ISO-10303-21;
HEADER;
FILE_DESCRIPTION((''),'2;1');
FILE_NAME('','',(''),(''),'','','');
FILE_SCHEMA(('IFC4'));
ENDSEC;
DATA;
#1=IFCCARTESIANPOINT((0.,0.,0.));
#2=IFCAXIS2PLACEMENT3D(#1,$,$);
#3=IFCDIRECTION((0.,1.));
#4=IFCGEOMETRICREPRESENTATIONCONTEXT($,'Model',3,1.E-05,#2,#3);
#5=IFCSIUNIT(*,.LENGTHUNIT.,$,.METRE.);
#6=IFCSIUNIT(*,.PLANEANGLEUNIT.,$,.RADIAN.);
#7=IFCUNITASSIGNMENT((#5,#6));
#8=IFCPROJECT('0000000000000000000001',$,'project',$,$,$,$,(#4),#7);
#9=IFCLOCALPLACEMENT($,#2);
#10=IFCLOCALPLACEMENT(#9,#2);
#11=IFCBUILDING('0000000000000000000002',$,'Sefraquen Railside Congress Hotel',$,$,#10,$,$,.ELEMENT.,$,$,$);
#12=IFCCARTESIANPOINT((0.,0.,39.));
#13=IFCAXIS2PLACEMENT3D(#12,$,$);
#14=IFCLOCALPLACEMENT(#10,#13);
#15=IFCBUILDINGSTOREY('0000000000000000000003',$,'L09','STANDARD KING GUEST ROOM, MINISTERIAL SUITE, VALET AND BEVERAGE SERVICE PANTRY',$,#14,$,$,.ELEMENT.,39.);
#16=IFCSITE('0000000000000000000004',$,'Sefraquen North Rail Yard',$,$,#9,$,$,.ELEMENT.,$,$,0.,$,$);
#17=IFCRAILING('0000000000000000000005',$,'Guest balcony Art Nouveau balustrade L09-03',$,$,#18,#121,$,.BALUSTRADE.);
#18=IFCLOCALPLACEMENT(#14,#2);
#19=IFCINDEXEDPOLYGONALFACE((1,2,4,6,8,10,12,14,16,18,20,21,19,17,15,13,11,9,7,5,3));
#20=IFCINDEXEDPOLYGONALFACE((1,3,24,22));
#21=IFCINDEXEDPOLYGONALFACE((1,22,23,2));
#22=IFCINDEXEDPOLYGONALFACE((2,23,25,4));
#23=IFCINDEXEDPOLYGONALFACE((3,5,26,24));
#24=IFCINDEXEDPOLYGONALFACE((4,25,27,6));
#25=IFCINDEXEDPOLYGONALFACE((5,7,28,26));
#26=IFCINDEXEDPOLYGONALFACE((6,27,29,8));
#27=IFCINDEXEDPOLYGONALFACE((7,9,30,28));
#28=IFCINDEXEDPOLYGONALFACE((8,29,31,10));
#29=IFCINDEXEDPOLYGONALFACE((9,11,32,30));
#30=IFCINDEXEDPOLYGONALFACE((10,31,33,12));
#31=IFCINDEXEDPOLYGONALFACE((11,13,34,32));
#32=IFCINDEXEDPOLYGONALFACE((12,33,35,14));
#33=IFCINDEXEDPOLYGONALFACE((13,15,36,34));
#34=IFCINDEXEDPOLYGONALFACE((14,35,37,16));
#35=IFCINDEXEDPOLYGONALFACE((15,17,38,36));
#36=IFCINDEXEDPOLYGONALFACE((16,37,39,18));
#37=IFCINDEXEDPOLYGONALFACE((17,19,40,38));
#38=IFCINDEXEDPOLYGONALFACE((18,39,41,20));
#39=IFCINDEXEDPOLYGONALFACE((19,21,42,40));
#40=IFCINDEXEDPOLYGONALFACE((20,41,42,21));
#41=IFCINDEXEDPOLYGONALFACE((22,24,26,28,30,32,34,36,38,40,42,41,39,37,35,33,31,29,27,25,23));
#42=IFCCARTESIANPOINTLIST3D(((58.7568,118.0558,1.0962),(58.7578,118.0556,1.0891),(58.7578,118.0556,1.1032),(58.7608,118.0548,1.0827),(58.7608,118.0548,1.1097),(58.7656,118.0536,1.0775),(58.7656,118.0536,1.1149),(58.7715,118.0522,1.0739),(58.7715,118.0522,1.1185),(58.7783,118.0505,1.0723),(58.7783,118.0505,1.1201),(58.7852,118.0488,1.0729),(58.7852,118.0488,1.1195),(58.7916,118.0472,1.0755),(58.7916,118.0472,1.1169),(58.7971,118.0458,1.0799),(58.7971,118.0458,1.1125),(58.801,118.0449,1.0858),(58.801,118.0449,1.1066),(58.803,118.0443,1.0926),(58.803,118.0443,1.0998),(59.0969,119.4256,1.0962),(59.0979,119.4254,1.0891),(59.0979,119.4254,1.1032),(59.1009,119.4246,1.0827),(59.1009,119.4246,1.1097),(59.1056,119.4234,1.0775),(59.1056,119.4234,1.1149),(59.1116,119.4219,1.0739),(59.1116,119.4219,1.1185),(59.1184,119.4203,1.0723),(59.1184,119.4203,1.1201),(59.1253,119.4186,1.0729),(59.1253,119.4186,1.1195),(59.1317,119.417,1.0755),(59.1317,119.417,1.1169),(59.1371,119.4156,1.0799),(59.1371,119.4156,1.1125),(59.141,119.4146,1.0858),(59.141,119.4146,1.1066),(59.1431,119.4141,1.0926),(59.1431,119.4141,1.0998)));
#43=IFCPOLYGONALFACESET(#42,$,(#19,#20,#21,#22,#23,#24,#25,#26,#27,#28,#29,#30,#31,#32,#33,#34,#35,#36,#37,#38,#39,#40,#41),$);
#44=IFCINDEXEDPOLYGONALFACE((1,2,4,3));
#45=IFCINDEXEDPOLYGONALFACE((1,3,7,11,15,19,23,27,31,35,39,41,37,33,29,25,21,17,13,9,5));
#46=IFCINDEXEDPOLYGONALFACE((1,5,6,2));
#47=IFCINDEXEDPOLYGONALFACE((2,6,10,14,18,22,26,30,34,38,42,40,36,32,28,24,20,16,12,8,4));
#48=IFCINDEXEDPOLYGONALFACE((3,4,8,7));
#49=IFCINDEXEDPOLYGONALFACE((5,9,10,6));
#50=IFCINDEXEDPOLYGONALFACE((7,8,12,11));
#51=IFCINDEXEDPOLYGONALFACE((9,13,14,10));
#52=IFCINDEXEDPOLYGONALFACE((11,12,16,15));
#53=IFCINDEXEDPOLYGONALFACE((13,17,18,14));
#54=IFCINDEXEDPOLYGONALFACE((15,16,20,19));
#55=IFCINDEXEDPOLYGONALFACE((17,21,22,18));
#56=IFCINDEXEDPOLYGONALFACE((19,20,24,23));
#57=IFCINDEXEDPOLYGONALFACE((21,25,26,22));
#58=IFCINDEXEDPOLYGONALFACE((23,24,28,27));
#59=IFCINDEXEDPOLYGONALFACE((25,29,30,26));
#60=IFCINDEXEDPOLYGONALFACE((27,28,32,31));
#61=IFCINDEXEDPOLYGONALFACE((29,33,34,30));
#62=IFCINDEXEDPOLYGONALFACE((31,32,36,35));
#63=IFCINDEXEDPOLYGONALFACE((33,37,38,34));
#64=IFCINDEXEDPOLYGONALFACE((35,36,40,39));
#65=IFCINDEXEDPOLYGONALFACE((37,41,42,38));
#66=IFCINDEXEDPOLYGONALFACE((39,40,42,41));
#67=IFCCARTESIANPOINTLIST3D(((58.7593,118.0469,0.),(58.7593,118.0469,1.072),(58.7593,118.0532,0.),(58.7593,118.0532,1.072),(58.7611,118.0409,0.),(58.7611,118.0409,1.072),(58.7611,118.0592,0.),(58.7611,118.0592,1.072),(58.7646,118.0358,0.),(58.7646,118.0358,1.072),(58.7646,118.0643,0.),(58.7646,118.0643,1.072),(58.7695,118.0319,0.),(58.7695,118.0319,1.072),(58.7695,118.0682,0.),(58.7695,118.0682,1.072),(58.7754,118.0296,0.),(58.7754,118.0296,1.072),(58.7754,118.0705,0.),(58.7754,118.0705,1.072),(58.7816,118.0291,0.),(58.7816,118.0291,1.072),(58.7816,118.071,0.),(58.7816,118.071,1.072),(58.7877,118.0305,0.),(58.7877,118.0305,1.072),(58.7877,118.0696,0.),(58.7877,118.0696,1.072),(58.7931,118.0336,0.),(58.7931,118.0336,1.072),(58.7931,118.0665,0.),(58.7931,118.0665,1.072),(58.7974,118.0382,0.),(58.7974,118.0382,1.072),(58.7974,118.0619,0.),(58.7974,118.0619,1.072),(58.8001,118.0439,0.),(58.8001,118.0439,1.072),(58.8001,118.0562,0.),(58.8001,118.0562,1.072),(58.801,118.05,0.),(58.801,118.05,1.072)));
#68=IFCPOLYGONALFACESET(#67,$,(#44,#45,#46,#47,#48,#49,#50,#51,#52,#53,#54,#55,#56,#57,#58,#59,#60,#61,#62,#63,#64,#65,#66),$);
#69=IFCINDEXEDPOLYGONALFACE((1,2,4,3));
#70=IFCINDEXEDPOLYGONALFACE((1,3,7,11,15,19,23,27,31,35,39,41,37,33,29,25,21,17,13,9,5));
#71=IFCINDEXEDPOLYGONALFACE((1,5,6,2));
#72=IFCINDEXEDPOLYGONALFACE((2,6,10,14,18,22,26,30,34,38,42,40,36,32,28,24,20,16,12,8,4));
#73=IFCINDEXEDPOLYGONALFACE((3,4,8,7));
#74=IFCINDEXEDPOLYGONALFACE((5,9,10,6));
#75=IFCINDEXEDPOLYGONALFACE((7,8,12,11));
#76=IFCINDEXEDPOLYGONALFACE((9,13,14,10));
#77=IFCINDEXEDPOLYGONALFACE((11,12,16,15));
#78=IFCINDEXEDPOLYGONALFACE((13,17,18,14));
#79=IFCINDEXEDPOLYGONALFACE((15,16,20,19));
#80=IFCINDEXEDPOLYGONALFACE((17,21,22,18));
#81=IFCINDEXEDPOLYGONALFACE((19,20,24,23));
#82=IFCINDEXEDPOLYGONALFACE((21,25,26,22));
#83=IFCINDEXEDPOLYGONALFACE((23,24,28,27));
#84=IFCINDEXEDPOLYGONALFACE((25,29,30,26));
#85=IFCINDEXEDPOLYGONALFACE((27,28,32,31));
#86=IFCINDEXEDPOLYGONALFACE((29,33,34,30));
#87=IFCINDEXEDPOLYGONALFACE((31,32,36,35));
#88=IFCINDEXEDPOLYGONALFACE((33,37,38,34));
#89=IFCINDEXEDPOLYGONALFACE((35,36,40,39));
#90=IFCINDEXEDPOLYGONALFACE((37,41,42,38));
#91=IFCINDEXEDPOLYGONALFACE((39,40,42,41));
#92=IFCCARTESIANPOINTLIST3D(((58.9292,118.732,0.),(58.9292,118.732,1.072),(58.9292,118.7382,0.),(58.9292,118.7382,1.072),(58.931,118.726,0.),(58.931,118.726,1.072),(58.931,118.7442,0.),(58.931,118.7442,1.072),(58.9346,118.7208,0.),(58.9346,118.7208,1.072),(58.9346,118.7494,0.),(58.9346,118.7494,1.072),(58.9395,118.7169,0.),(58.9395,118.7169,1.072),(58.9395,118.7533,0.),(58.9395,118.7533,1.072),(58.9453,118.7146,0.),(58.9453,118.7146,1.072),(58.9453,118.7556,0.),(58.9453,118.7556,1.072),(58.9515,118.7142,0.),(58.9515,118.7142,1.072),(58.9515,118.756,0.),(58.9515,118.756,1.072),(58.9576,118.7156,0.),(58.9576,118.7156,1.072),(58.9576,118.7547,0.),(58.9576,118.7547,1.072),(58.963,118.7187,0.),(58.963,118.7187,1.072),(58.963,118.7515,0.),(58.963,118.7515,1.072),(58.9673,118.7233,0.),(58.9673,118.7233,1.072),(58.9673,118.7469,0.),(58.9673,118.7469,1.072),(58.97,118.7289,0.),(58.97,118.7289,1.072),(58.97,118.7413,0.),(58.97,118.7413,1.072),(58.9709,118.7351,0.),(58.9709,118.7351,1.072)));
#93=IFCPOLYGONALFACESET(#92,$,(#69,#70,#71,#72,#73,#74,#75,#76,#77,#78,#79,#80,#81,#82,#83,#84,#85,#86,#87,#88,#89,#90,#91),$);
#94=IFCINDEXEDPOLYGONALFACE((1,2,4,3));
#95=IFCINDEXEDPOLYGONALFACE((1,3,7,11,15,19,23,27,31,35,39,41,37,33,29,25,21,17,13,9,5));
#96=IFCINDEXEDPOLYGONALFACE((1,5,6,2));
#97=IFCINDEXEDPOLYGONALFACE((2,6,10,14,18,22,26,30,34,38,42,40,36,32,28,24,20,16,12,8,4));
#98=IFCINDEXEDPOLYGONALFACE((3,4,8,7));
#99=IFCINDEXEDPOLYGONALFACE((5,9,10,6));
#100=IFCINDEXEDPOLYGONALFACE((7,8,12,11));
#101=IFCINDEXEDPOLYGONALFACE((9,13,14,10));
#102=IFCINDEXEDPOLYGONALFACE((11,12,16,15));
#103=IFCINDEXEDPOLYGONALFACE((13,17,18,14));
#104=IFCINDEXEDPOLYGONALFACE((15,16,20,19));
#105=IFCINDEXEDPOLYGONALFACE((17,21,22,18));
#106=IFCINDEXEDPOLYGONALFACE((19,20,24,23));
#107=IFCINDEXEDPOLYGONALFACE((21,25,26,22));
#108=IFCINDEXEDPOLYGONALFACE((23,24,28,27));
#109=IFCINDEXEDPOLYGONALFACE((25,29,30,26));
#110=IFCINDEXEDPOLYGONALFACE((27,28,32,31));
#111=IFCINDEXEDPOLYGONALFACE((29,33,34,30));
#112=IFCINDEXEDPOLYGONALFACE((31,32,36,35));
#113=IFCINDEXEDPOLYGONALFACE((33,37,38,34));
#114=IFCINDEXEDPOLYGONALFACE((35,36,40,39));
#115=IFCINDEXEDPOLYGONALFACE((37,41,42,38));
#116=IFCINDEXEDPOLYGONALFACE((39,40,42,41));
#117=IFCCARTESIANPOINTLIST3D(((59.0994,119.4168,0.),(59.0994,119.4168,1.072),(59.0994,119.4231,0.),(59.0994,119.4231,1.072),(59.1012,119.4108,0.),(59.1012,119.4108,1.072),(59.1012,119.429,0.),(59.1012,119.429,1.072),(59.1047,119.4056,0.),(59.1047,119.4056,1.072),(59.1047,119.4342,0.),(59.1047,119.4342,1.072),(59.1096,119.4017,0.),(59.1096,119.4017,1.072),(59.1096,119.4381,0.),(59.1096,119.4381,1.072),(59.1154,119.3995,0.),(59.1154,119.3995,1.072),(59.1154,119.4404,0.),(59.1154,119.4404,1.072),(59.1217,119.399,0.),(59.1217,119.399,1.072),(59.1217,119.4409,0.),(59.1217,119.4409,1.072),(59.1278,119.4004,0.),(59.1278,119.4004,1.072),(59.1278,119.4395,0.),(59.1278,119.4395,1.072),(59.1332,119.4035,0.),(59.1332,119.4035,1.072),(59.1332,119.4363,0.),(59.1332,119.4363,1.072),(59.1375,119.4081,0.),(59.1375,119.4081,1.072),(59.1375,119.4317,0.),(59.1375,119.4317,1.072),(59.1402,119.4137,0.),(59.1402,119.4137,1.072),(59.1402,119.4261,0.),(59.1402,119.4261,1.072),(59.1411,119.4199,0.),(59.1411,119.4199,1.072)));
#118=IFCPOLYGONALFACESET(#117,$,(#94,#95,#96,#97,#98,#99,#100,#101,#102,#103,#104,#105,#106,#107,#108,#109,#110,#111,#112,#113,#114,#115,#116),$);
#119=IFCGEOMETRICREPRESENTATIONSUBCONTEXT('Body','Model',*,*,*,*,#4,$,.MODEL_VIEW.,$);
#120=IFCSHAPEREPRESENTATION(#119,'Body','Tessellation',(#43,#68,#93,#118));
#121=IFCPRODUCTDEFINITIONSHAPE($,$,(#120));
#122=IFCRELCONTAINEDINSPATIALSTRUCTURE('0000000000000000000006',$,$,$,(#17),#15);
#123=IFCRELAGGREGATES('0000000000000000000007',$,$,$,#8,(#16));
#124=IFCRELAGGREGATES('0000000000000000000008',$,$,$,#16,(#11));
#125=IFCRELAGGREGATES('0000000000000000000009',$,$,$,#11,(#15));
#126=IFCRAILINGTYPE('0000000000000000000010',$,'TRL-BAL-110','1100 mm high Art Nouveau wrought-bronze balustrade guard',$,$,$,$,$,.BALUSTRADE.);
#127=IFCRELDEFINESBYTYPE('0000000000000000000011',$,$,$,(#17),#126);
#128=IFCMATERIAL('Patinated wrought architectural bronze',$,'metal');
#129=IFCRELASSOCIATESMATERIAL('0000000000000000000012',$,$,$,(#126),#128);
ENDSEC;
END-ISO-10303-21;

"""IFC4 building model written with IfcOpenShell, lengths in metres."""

from ifc_helpers import new_model, si_unit, direction, frame, origin, origin_2d, place, context, subcontext, project, spatial, circle, extrude, material, type_object, element, save


model = new_model("IFC4")

# Units and contexts
model_context = context("Model", 3, precision=1e-05, world=origin(), true_north=direction((0.0, 1.0)))
body_context = subcontext(model_context, "Body", "Model", "MODEL_VIEW")
ifc_project = project(units=[si_unit("LENGTHUNIT", "METRE"), si_unit("PLANEANGLEUNIT", "RADIAN")], contexts=[model_context])

# Site, building, storey
site_placement = place(None, origin())
site = spatial("IfcSite", under=ifc_project, at=site_placement, Name="Sefraquen North Rail Yard", CompositionType="ELEMENT", RefElevation=0.0)
building_placement = place(site_placement, origin())
building = spatial("IfcBuilding", under=site, at=building_placement, Name="Sefraquen Railside Congress Hotel", CompositionType="ELEMENT")
storey_placement = place(building_placement, frame((0.0, 0.0, 39.0)))
storey = spatial("IfcBuildingStorey", under=building, at=storey_placement, Name="L09", Description="STANDARD KING GUEST ROOM, MINISTERIAL SUITE, VALET AND BEVERAGE SERVICE PANTRY", CompositionType="ELEMENT", Elevation=39.0)

# Railing
ifc_material_1 = material(Name="Patinated wrought architectural bronze", Category="metal")
railing_type = type_object("IfcRailingType", Name="TRL-BAL-110", Description="1100 mm high Art Nouveau wrought-bronze balustrade guard", PredefinedType="BALUSTRADE", material=ifc_material_1)
railing_1_placement = place(storey_placement, frame((58.78, 118.05, 0.0)))
element("IfcRailing", 1, at=railing_1_placement, inside=storey, type_object=railing_type, Name="Guest balcony Art Nouveau balustrade L09-03", PredefinedType="BALUSTRADE", context=body_context, shape_type="SweptSolid", body=[
    extrude(circle(Radius=0.0239, at=origin_2d()), frame((0.0, 0.0, 1.0962), z_axis=(0.240948, 0.970538, 0.0), x_axis=(-0.970538, 0.240948, 0.0)), (0.0, 0.0, 1.0), 1.4114),
    extrude(circle(Radius=0.021, at=origin_2d()), origin(), (0.0, 0.0, 1.0), 1.072),
    extrude(circle(Radius=0.021, at=origin_2d()), frame((0.1699, 0.6851, 0.0)), (0.0, 0.0, 1.0), 1.072),
    extrude(circle(Radius=0.021, at=origin_2d()), frame((0.3401, 1.3699, 0.0)), (0.0, 0.0, 1.0), 1.072),
])

save(model, "model.ifc")
